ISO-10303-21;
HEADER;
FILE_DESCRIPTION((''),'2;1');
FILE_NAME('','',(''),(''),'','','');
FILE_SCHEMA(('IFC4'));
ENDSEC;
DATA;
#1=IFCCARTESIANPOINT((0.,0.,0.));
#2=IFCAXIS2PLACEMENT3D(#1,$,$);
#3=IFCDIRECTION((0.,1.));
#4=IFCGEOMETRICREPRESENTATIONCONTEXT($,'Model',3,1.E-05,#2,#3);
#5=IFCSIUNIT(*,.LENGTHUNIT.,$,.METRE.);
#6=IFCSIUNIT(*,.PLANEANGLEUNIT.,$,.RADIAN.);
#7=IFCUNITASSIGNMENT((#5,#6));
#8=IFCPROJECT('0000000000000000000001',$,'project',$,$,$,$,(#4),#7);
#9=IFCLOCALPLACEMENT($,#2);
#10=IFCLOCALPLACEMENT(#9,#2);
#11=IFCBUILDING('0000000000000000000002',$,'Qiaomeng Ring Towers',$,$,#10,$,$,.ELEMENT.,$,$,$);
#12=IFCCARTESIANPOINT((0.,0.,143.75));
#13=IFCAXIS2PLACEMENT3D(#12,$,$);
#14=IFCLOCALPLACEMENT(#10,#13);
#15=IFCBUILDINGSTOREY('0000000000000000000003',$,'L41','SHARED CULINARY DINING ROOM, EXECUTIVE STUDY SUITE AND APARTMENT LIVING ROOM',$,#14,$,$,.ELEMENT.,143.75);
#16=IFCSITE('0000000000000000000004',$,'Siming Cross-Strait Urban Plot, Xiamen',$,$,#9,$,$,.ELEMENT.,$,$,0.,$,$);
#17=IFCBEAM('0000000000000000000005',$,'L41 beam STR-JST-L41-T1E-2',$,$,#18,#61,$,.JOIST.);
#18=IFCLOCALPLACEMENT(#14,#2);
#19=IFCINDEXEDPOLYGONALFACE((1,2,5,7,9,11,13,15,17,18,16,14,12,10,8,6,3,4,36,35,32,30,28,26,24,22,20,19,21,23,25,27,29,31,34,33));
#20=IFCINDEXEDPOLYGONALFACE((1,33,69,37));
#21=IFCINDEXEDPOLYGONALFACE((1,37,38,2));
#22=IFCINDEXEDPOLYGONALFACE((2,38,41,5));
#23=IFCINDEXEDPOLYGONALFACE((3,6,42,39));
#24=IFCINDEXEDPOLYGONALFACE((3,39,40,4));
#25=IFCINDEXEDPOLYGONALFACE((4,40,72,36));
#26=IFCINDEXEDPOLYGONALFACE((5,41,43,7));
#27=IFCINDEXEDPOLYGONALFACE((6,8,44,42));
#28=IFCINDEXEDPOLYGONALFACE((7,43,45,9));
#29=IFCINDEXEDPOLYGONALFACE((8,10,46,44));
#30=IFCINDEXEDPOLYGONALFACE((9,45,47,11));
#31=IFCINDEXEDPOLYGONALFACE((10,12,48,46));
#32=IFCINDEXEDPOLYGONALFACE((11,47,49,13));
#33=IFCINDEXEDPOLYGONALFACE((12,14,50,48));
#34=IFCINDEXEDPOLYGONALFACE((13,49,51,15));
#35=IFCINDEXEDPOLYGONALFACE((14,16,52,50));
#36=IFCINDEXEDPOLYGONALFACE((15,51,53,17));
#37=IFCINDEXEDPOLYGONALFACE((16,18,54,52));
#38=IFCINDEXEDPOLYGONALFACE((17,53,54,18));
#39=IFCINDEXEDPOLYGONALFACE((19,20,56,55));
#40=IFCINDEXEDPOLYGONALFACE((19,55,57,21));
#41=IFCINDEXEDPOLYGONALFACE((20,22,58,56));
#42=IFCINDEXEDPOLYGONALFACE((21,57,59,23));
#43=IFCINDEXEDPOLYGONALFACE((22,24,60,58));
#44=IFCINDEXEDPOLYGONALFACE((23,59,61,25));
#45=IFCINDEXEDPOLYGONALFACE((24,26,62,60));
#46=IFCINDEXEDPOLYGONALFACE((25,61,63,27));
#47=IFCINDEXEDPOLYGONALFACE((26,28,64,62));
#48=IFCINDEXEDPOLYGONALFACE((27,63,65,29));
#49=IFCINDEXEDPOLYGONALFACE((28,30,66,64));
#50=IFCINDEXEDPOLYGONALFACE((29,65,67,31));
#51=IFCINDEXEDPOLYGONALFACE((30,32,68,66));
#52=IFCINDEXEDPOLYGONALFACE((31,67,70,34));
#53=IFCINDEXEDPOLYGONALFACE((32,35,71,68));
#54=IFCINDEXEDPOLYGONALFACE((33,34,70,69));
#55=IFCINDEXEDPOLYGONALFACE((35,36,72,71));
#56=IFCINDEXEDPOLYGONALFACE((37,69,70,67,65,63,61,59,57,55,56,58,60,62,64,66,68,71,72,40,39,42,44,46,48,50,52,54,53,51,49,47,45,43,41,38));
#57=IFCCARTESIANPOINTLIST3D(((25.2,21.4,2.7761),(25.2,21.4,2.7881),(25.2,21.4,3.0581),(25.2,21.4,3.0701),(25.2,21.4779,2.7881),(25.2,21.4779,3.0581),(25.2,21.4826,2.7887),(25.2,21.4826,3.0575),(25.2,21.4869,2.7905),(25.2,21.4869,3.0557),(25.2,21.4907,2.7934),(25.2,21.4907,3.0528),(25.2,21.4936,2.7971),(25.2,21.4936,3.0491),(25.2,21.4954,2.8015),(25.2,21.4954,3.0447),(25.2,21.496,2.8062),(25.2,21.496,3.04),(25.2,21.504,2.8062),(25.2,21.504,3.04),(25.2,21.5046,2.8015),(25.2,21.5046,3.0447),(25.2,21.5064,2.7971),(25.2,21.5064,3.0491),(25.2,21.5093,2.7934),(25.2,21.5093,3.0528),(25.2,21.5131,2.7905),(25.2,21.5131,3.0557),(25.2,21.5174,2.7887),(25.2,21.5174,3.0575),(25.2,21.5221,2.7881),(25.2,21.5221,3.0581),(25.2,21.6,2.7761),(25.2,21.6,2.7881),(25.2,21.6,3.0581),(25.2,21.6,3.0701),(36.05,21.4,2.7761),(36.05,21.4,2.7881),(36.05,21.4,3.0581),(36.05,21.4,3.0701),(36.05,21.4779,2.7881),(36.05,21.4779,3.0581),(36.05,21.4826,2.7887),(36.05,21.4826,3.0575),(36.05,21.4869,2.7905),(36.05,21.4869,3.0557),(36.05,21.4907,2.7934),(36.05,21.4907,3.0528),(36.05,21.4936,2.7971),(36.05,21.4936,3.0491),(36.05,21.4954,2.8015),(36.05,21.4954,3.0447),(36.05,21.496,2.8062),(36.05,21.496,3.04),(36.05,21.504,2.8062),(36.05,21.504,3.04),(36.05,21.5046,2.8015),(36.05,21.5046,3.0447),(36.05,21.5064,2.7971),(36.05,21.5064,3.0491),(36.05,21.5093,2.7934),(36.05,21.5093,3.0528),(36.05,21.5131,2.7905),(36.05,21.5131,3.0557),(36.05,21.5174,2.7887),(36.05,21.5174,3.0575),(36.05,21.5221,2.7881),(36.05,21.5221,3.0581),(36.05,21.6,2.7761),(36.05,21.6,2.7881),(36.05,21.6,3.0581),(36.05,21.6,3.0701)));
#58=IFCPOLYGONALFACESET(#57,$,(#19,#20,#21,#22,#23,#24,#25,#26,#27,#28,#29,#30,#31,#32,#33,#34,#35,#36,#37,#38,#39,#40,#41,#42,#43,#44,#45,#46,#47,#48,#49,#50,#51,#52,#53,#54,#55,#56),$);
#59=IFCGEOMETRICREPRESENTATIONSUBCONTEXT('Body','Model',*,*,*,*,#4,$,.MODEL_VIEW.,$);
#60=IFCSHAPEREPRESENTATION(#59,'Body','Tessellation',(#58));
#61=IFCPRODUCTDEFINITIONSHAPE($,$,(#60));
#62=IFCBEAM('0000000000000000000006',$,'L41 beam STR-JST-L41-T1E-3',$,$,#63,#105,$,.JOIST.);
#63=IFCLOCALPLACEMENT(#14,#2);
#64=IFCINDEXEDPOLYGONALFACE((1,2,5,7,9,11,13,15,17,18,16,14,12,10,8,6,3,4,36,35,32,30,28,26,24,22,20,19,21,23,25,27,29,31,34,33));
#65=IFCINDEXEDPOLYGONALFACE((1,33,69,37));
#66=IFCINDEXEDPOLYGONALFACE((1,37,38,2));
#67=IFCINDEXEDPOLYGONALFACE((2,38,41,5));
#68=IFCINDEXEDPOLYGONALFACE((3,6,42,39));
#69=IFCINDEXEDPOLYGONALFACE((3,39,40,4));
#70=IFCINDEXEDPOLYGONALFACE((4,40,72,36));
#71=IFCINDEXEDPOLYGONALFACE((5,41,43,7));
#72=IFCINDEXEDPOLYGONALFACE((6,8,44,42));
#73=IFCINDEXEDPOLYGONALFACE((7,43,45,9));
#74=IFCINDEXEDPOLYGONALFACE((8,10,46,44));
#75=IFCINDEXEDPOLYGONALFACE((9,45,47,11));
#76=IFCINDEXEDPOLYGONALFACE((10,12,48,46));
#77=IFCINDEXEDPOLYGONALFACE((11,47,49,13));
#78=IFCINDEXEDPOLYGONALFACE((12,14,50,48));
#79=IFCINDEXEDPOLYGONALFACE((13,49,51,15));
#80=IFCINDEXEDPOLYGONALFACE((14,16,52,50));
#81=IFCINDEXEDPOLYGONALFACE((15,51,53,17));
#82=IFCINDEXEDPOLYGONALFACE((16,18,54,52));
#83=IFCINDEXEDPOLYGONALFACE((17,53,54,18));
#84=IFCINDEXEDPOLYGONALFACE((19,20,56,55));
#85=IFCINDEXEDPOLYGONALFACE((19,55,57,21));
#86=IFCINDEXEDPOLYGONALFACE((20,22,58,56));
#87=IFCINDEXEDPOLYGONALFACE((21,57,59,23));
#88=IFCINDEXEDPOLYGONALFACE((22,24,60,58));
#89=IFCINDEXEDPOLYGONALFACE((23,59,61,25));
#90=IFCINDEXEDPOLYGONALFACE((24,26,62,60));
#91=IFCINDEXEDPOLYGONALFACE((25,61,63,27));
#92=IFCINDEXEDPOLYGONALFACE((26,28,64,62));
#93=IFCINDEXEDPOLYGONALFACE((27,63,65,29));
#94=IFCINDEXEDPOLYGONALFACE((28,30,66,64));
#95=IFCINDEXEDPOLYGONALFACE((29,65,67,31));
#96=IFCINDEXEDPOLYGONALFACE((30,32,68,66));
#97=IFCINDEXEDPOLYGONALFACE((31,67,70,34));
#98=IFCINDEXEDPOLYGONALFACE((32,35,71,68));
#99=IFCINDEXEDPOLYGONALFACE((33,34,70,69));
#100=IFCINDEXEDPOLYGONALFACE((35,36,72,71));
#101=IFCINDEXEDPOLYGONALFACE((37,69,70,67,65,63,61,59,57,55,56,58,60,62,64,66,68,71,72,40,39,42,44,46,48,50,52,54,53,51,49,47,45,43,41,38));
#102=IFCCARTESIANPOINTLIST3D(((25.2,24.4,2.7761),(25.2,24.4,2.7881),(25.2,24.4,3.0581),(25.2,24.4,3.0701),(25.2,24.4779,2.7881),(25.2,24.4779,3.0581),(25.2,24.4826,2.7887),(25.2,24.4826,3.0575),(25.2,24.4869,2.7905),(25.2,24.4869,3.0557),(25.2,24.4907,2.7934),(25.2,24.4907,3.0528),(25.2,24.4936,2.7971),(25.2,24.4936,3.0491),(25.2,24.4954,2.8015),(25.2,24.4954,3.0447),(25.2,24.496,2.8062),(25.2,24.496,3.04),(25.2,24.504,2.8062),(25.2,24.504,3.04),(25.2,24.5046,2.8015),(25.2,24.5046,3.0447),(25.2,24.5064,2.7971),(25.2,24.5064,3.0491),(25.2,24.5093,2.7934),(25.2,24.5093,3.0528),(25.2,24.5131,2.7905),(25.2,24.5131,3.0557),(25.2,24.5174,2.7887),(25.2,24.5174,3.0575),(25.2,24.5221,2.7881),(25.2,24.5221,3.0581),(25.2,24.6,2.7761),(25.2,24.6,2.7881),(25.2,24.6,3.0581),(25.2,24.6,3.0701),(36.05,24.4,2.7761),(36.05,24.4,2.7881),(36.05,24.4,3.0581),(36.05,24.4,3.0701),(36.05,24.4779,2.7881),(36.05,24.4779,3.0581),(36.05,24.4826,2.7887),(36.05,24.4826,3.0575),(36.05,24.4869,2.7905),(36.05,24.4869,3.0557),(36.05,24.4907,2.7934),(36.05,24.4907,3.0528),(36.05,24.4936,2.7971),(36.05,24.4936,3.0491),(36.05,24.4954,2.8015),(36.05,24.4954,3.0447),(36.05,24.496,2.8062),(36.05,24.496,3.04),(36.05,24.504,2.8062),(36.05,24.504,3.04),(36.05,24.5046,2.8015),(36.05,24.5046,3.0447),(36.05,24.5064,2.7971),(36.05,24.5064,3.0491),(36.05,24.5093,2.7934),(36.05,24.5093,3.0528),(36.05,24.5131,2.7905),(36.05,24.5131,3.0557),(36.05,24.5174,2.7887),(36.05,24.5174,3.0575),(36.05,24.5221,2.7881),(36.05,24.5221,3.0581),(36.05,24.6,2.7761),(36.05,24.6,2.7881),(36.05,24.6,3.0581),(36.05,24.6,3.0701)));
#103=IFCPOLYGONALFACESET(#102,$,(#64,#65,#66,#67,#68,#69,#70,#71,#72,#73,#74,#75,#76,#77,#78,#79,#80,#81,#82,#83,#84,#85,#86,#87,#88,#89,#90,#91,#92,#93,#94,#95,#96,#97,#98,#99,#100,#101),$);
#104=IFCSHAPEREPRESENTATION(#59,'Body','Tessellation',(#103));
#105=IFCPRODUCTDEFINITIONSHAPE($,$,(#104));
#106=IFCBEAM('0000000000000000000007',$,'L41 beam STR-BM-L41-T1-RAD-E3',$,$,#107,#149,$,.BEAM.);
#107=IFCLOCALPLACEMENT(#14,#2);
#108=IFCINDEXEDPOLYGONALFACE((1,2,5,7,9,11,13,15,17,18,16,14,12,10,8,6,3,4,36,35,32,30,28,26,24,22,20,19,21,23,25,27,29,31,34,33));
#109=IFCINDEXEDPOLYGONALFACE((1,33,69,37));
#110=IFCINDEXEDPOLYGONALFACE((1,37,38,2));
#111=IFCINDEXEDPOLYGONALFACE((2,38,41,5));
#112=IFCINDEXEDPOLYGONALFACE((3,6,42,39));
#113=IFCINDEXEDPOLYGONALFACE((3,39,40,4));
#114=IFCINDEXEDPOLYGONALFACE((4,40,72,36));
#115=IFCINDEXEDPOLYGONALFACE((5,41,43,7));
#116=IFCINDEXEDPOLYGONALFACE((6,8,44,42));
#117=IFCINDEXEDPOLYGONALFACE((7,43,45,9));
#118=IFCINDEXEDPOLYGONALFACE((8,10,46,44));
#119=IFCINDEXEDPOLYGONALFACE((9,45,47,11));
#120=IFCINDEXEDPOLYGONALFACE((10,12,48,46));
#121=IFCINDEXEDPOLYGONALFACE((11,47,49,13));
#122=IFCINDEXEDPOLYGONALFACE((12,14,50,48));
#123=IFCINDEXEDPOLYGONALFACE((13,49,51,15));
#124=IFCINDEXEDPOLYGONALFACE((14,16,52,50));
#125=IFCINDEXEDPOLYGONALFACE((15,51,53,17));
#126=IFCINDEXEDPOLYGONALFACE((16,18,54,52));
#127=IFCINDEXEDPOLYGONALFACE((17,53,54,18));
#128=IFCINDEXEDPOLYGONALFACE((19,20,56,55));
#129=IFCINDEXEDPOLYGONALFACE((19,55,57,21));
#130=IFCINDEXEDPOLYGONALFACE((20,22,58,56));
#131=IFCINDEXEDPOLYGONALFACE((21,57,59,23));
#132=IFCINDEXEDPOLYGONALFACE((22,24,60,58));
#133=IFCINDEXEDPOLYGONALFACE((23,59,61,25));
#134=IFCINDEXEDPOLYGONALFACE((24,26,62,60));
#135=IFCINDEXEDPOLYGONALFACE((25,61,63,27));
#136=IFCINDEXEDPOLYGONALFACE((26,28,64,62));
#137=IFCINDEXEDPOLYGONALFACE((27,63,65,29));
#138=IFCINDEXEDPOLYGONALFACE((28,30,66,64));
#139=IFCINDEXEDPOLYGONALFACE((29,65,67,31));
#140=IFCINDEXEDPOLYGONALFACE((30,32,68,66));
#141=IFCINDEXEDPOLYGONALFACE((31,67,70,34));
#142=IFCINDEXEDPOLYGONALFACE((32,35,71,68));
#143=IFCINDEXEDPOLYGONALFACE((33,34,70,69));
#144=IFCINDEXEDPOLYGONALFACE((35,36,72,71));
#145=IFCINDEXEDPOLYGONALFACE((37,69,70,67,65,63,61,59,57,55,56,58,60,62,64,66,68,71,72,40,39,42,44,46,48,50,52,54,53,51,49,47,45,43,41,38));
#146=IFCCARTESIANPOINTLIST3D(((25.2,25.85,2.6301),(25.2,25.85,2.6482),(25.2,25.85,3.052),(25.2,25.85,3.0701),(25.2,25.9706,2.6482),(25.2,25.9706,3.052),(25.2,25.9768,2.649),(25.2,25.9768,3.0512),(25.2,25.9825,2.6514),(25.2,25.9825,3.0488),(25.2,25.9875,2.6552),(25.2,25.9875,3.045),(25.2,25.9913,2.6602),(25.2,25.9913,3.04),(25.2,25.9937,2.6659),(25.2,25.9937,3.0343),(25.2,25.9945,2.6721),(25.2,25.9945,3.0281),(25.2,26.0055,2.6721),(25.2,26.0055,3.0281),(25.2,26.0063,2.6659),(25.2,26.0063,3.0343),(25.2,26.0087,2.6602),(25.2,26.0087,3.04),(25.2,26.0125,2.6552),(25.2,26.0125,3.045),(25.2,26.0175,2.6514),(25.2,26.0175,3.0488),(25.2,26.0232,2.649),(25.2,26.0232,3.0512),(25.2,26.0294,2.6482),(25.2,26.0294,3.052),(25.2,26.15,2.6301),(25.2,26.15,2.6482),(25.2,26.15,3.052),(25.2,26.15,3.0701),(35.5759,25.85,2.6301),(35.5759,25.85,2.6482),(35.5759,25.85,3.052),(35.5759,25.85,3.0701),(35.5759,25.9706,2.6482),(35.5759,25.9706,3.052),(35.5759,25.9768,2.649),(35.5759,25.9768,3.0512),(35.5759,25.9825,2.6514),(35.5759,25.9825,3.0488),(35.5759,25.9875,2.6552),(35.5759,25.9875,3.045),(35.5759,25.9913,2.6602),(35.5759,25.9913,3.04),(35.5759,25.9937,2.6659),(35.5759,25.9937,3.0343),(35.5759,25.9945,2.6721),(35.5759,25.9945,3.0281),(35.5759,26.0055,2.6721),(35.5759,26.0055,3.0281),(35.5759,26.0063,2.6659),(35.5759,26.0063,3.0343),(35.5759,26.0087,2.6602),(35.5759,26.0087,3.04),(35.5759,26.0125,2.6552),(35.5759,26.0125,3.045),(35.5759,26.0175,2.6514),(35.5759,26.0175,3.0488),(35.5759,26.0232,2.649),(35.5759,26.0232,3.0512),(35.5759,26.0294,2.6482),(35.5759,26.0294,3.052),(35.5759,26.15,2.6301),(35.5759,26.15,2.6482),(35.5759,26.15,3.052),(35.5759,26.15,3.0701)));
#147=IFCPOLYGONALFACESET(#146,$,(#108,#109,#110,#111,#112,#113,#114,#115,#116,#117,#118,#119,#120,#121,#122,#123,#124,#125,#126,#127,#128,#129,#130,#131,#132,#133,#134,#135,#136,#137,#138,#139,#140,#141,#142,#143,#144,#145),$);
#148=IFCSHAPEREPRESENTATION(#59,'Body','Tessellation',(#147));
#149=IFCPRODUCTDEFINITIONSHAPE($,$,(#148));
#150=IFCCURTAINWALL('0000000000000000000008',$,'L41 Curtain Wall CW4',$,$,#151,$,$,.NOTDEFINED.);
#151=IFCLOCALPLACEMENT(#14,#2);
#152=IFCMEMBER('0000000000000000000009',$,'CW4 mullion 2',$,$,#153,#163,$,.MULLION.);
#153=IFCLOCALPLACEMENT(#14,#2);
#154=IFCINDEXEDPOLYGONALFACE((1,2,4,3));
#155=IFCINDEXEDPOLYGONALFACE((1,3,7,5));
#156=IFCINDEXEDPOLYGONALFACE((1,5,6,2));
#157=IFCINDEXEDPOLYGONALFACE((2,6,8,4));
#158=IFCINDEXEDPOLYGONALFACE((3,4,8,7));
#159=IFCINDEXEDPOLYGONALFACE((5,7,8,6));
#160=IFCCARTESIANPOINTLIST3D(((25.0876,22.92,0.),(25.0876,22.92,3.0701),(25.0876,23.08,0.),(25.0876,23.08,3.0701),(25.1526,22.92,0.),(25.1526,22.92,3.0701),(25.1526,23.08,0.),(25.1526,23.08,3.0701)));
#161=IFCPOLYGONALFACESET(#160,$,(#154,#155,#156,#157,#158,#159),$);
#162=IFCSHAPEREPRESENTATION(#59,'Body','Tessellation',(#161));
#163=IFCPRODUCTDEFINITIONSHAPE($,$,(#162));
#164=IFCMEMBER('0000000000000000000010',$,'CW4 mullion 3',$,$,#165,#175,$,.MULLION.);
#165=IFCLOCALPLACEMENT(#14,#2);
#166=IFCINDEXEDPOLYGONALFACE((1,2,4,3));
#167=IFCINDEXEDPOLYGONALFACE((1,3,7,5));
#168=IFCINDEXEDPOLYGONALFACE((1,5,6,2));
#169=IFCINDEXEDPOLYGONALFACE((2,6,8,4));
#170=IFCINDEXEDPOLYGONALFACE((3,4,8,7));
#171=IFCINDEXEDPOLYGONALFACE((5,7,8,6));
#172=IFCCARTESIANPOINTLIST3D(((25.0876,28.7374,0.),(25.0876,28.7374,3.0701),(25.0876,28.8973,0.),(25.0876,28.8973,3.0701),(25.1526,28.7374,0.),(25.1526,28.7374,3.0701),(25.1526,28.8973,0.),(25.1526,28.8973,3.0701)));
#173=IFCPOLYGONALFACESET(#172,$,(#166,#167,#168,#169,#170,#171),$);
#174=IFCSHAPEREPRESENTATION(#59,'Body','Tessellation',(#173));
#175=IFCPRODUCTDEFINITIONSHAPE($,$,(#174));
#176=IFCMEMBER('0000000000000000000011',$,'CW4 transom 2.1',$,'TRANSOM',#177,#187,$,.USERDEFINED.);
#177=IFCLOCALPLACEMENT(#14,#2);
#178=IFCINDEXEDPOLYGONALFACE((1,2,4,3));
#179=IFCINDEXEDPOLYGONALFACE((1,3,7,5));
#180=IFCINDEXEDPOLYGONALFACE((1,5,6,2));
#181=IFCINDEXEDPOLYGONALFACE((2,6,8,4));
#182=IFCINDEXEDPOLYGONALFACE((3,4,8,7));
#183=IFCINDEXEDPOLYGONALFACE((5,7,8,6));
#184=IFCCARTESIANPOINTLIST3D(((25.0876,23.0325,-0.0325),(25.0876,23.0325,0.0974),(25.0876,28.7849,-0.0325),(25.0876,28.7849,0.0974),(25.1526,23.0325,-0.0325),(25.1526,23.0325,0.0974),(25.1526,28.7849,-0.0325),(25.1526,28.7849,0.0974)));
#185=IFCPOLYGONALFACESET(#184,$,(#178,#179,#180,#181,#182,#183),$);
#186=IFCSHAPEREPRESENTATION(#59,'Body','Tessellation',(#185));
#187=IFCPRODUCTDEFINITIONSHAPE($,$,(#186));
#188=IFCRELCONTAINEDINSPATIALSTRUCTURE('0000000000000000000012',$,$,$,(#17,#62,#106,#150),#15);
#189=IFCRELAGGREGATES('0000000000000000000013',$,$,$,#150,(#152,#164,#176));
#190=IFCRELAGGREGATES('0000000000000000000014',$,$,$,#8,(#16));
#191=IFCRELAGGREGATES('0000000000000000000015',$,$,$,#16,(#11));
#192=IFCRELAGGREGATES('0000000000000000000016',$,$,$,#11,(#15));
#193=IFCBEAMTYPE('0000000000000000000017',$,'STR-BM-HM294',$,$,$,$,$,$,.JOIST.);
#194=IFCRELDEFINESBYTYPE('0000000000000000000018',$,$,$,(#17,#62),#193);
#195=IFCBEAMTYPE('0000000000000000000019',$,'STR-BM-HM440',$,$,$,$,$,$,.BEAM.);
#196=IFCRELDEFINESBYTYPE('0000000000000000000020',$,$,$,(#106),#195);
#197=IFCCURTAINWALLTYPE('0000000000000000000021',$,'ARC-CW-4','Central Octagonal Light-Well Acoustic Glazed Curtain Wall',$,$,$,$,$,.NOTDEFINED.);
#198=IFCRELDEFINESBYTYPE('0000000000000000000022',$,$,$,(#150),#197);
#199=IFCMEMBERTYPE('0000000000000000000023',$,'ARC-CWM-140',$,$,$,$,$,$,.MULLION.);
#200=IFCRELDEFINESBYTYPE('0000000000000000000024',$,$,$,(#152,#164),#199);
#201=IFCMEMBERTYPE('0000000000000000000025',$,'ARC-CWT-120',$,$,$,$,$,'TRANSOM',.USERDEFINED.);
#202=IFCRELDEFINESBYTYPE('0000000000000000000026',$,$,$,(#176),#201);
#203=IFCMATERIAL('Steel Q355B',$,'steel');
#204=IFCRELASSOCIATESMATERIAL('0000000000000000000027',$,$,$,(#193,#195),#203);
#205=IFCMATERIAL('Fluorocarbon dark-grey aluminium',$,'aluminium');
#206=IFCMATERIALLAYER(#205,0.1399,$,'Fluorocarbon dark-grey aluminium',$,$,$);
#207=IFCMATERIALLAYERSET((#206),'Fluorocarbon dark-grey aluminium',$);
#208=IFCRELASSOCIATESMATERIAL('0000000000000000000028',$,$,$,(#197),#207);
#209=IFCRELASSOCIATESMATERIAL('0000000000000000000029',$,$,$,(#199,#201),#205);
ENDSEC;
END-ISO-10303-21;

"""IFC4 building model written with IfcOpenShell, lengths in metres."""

from ifc_helpers import new_model, si_unit, direction, frame, origin, origin_2d, place, context, subcontext, project, spatial, rectangle, i_section, extrude, source, transform, mapped, material, layer, layer_set, material_profile, profile_set, type_object, element, aggregate, save


model = new_model("IFC4")

# Units and contexts
model_context = context("Model", 3, precision=1e-05, world=origin(), true_north=direction((0.0, 1.0)))
body_context = subcontext(model_context, "Body", "Model", "MODEL_VIEW")
ifc_project = project(units=[si_unit("LENGTHUNIT", "METRE"), si_unit("PLANEANGLEUNIT", "RADIAN")], contexts=[model_context])

# Site, building, storey
site_placement = place(None, origin())
site = spatial("IfcSite", under=ifc_project, at=site_placement, Name="Siming Cross-Strait Urban Plot, Xiamen", CompositionType="ELEMENT", RefElevation=0.0)
building_placement = place(site_placement, origin())
building = spatial("IfcBuilding", under=site, at=building_placement, Name="Qiaomeng Ring Towers", CompositionType="ELEMENT")
storey_placement = place(building_placement, frame((0.0, 0.0, 143.75)))
storey = spatial("IfcBuildingStorey", under=building, at=storey_placement, Name="L41", Description="SHARED CULINARY DINING ROOM, EXECUTIVE STUDY SUITE AND APARTMENT LIVING ROOM", CompositionType="ELEMENT", Elevation=143.75)

# Beams
ifc_material_1 = material(Name="Steel Q355B", Category="steel")
ifc_material_profile_1 = material_profile(ifc_material_1, i_section(OverallWidth=0.2, OverallDepth=0.2939, WebThickness=0.0081, FlangeThickness=0.012, FilletRadius=0.0181, at=origin_2d()), Name="HM 294x200x8x12")
ifc_profile_set_1 = profile_set([ifc_material_profile_1], Name="Steel Q355B")
beam_type_1 = type_object("IfcBeamType", Name="STR-BM-HM294", PredefinedType="JOIST", material=ifc_profile_set_1)
shared_shape_1 = source(origin(), body_context, "Body", "SweptSolid", [
    extrude(i_section(OverallWidth=0.2, OverallDepth=0.2939, WebThickness=0.0081, FlangeThickness=0.012, FilletRadius=0.0181, at=origin_2d()), origin(), (0.0, 0.0, 1.0), 10.8501),
])
for number, where, z_axis, x_axis, name in (
    (1, (25.2, 21.5, 2.9231), (1.0, 0.0, 0.0), (0.0, 1.0, 0.0), "L41 beam STR-JST-L41-T1E-2"),
    (2, (25.2, 24.5, 2.9231), (1.0, 0.0, 0.0), (0.0, 1.0, 0.0), "L41 beam STR-JST-L41-T1E-3"),
):
    element("IfcBeam", number, at=place(storey_placement, frame(where, z_axis=z_axis, x_axis=x_axis)), inside=storey, type_object=beam_type_1, Name=name, PredefinedType="JOIST", context=body_context, shape_type="MappedRepresentation", body=[
        mapped(shared_shape_1, transform((0.0, 0.0, 0.0), x_axis=(1.0, 0.0, 0.0), y_axis=(0.0, 1.0, 0.0), z_axis=(0.0, 0.0, 1.0), scale=1.0)),
    ])
ifc_material_profile_2 = material_profile(ifc_material_1, i_section(OverallWidth=0.3, OverallDepth=0.4399, WebThickness=0.011, FlangeThickness=0.0181, FilletRadius=0.0239, at=origin_2d()), Name="HM 440x300x11x18")
ifc_profile_set_2 = profile_set([ifc_material_profile_2], Name="Steel Q355B")
beam_type_2 = type_object("IfcBeamType", Name="STR-BM-HM440", PredefinedType="BEAM", material=ifc_profile_set_2)
shared_shape_2 = source(origin(), body_context, "Body", "SweptSolid", [
    extrude(i_section(OverallWidth=0.3, OverallDepth=0.4399, WebThickness=0.011, FlangeThickness=0.0181, FilletRadius=0.0239, at=origin_2d()), origin(), (0.0, 0.0, 1.0), 10.376),
])
beam_placement = place(storey_placement, frame((25.2, 26.0, 2.8501), z_axis=(1.0, 0.0, 0.0), x_axis=(0.0, 1.0, 0.0)))
element("IfcBeam", 3, at=beam_placement, inside=storey, type_object=beam_type_2, Name="L41 beam STR-BM-L41-T1-RAD-E3", PredefinedType="BEAM", context=body_context, shape_type="MappedRepresentation", body=[
    mapped(shared_shape_2, transform((0.0, 0.0, 0.0), x_axis=(1.0, 0.0, 0.0), y_axis=(0.0, 1.0, 0.0), z_axis=(0.0, 0.0, 1.0), scale=1.0)),
])

# Curtain wall, members
ifc_material_2 = material(Name="Fluorocarbon dark-grey aluminium", Category="aluminium")
ifc_layer_1 = layer(ifc_material_2, 0.1399, Name="Fluorocarbon dark-grey aluminium")
ifc_layer_set_1 = layer_set([ifc_layer_1], Name="Fluorocarbon dark-grey aluminium")
curtain_wall_type = type_object("IfcCurtainWallType", Name="ARC-CW-4", Description="Central Octagonal Light-Well Acoustic Glazed Curtain Wall", PredefinedType="NOTDEFINED", material=ifc_layer_set_1)
curtain_wall_placement = place(storey_placement, origin())
curtain_wall = element("IfcCurtainWall", 4, at=curtain_wall_placement, inside=storey, type_object=curtain_wall_type, Name="L41 Curtain Wall CW4", PredefinedType="NOTDEFINED")
ifc_material_profile_3 = material_profile(ifc_material_2, rectangle(XDim=0.0649, YDim=0.1599, at=origin_2d()), Name="ALU MULL 65x160")
ifc_profile_set_3 = profile_set([ifc_material_profile_3], Name="Fluorocarbon dark-grey aluminium")
member_type_1 = type_object("IfcMemberType", Name="ARC-CWM-140", PredefinedType="MULLION", material=ifc_profile_set_3)
shared_shape_3 = source(origin(), body_context, "Body", "SweptSolid", [
    extrude(rectangle(XDim=0.0649, YDim=0.1599, at=origin_2d()), origin(), (0.0, 0.0, 1.0), 3.0701),
])
member_1_placement = place(storey_placement, frame((25.1201, 23.0, 0.0), z_axis=(0.0, 0.0, 1.0), x_axis=(-1.0, 0.0, 0.0)))
member_1 = element("IfcMember", 5, at=member_1_placement, type_object=member_type_1, Name="CW4 mullion 2", PredefinedType="MULLION", context=body_context, shape_type="MappedRepresentation", body=[
    mapped(shared_shape_3, transform((0.0, 0.0, 0.0), x_axis=(1.0, 0.0, 0.0), y_axis=(0.0, 1.0, 0.0), z_axis=(0.0, 0.0, 1.0), scale=1.0)),
])
member_2_placement = place(storey_placement, frame((25.1201, 28.8174, 0.0), z_axis=(0.0, 0.0, 1.0), x_axis=(-1.0, 0.0, 0.0)))
member_2 = element("IfcMember", 6, at=member_2_placement, type_object=member_type_1, Name="CW4 mullion 3", PredefinedType="MULLION", context=body_context, shape_type="MappedRepresentation", body=[
    mapped(shared_shape_3, transform((0.0, 0.0, 0.0), x_axis=(1.0, 0.0, 0.0), y_axis=(0.0, 1.0, 0.0), z_axis=(0.0, 0.0, 1.0), scale=1.0)),
])
ifc_material_profile_4 = material_profile(ifc_material_2, rectangle(XDim=0.0649, YDim=0.1299, at=origin_2d()), Name="ALU TRAN 65x130")
ifc_profile_set_4 = profile_set([ifc_material_profile_4], Name="Fluorocarbon dark-grey aluminium")
member_type_2 = type_object("IfcMemberType", Name="ARC-CWT-120", ElementType="TRANSOM", PredefinedType="USERDEFINED", material=ifc_profile_set_4)
shared_shape_4 = source(origin(), body_context, "Body", "SweptSolid", [
    extrude(rectangle(XDim=0.0649, YDim=0.1299, at=origin_2d()), origin(), (0.0, 0.0, 1.0), 5.7524),
])
member_3_placement = place(storey_placement, frame((25.1201, 23.0325, 0.0325), z_axis=(0.0, 1.0, 0.0), x_axis=(-1.0, 0.0, 0.0)))
member_3 = element("IfcMember", 7, at=member_3_placement, type_object=member_type_2, Name="CW4 transom 2.1", ObjectType="TRANSOM", PredefinedType="USERDEFINED", context=body_context, shape_type="MappedRepresentation", body=[
    mapped(shared_shape_4, transform((0.0, 0.0, 0.0), x_axis=(1.0, 0.0, 0.0), y_axis=(0.0, 1.0, 0.0), z_axis=(0.0, 0.0, 1.0), scale=1.0)),
])
aggregate(curtain_wall, [member_1, member_2, member_3])

save(model, "model.ifc")
